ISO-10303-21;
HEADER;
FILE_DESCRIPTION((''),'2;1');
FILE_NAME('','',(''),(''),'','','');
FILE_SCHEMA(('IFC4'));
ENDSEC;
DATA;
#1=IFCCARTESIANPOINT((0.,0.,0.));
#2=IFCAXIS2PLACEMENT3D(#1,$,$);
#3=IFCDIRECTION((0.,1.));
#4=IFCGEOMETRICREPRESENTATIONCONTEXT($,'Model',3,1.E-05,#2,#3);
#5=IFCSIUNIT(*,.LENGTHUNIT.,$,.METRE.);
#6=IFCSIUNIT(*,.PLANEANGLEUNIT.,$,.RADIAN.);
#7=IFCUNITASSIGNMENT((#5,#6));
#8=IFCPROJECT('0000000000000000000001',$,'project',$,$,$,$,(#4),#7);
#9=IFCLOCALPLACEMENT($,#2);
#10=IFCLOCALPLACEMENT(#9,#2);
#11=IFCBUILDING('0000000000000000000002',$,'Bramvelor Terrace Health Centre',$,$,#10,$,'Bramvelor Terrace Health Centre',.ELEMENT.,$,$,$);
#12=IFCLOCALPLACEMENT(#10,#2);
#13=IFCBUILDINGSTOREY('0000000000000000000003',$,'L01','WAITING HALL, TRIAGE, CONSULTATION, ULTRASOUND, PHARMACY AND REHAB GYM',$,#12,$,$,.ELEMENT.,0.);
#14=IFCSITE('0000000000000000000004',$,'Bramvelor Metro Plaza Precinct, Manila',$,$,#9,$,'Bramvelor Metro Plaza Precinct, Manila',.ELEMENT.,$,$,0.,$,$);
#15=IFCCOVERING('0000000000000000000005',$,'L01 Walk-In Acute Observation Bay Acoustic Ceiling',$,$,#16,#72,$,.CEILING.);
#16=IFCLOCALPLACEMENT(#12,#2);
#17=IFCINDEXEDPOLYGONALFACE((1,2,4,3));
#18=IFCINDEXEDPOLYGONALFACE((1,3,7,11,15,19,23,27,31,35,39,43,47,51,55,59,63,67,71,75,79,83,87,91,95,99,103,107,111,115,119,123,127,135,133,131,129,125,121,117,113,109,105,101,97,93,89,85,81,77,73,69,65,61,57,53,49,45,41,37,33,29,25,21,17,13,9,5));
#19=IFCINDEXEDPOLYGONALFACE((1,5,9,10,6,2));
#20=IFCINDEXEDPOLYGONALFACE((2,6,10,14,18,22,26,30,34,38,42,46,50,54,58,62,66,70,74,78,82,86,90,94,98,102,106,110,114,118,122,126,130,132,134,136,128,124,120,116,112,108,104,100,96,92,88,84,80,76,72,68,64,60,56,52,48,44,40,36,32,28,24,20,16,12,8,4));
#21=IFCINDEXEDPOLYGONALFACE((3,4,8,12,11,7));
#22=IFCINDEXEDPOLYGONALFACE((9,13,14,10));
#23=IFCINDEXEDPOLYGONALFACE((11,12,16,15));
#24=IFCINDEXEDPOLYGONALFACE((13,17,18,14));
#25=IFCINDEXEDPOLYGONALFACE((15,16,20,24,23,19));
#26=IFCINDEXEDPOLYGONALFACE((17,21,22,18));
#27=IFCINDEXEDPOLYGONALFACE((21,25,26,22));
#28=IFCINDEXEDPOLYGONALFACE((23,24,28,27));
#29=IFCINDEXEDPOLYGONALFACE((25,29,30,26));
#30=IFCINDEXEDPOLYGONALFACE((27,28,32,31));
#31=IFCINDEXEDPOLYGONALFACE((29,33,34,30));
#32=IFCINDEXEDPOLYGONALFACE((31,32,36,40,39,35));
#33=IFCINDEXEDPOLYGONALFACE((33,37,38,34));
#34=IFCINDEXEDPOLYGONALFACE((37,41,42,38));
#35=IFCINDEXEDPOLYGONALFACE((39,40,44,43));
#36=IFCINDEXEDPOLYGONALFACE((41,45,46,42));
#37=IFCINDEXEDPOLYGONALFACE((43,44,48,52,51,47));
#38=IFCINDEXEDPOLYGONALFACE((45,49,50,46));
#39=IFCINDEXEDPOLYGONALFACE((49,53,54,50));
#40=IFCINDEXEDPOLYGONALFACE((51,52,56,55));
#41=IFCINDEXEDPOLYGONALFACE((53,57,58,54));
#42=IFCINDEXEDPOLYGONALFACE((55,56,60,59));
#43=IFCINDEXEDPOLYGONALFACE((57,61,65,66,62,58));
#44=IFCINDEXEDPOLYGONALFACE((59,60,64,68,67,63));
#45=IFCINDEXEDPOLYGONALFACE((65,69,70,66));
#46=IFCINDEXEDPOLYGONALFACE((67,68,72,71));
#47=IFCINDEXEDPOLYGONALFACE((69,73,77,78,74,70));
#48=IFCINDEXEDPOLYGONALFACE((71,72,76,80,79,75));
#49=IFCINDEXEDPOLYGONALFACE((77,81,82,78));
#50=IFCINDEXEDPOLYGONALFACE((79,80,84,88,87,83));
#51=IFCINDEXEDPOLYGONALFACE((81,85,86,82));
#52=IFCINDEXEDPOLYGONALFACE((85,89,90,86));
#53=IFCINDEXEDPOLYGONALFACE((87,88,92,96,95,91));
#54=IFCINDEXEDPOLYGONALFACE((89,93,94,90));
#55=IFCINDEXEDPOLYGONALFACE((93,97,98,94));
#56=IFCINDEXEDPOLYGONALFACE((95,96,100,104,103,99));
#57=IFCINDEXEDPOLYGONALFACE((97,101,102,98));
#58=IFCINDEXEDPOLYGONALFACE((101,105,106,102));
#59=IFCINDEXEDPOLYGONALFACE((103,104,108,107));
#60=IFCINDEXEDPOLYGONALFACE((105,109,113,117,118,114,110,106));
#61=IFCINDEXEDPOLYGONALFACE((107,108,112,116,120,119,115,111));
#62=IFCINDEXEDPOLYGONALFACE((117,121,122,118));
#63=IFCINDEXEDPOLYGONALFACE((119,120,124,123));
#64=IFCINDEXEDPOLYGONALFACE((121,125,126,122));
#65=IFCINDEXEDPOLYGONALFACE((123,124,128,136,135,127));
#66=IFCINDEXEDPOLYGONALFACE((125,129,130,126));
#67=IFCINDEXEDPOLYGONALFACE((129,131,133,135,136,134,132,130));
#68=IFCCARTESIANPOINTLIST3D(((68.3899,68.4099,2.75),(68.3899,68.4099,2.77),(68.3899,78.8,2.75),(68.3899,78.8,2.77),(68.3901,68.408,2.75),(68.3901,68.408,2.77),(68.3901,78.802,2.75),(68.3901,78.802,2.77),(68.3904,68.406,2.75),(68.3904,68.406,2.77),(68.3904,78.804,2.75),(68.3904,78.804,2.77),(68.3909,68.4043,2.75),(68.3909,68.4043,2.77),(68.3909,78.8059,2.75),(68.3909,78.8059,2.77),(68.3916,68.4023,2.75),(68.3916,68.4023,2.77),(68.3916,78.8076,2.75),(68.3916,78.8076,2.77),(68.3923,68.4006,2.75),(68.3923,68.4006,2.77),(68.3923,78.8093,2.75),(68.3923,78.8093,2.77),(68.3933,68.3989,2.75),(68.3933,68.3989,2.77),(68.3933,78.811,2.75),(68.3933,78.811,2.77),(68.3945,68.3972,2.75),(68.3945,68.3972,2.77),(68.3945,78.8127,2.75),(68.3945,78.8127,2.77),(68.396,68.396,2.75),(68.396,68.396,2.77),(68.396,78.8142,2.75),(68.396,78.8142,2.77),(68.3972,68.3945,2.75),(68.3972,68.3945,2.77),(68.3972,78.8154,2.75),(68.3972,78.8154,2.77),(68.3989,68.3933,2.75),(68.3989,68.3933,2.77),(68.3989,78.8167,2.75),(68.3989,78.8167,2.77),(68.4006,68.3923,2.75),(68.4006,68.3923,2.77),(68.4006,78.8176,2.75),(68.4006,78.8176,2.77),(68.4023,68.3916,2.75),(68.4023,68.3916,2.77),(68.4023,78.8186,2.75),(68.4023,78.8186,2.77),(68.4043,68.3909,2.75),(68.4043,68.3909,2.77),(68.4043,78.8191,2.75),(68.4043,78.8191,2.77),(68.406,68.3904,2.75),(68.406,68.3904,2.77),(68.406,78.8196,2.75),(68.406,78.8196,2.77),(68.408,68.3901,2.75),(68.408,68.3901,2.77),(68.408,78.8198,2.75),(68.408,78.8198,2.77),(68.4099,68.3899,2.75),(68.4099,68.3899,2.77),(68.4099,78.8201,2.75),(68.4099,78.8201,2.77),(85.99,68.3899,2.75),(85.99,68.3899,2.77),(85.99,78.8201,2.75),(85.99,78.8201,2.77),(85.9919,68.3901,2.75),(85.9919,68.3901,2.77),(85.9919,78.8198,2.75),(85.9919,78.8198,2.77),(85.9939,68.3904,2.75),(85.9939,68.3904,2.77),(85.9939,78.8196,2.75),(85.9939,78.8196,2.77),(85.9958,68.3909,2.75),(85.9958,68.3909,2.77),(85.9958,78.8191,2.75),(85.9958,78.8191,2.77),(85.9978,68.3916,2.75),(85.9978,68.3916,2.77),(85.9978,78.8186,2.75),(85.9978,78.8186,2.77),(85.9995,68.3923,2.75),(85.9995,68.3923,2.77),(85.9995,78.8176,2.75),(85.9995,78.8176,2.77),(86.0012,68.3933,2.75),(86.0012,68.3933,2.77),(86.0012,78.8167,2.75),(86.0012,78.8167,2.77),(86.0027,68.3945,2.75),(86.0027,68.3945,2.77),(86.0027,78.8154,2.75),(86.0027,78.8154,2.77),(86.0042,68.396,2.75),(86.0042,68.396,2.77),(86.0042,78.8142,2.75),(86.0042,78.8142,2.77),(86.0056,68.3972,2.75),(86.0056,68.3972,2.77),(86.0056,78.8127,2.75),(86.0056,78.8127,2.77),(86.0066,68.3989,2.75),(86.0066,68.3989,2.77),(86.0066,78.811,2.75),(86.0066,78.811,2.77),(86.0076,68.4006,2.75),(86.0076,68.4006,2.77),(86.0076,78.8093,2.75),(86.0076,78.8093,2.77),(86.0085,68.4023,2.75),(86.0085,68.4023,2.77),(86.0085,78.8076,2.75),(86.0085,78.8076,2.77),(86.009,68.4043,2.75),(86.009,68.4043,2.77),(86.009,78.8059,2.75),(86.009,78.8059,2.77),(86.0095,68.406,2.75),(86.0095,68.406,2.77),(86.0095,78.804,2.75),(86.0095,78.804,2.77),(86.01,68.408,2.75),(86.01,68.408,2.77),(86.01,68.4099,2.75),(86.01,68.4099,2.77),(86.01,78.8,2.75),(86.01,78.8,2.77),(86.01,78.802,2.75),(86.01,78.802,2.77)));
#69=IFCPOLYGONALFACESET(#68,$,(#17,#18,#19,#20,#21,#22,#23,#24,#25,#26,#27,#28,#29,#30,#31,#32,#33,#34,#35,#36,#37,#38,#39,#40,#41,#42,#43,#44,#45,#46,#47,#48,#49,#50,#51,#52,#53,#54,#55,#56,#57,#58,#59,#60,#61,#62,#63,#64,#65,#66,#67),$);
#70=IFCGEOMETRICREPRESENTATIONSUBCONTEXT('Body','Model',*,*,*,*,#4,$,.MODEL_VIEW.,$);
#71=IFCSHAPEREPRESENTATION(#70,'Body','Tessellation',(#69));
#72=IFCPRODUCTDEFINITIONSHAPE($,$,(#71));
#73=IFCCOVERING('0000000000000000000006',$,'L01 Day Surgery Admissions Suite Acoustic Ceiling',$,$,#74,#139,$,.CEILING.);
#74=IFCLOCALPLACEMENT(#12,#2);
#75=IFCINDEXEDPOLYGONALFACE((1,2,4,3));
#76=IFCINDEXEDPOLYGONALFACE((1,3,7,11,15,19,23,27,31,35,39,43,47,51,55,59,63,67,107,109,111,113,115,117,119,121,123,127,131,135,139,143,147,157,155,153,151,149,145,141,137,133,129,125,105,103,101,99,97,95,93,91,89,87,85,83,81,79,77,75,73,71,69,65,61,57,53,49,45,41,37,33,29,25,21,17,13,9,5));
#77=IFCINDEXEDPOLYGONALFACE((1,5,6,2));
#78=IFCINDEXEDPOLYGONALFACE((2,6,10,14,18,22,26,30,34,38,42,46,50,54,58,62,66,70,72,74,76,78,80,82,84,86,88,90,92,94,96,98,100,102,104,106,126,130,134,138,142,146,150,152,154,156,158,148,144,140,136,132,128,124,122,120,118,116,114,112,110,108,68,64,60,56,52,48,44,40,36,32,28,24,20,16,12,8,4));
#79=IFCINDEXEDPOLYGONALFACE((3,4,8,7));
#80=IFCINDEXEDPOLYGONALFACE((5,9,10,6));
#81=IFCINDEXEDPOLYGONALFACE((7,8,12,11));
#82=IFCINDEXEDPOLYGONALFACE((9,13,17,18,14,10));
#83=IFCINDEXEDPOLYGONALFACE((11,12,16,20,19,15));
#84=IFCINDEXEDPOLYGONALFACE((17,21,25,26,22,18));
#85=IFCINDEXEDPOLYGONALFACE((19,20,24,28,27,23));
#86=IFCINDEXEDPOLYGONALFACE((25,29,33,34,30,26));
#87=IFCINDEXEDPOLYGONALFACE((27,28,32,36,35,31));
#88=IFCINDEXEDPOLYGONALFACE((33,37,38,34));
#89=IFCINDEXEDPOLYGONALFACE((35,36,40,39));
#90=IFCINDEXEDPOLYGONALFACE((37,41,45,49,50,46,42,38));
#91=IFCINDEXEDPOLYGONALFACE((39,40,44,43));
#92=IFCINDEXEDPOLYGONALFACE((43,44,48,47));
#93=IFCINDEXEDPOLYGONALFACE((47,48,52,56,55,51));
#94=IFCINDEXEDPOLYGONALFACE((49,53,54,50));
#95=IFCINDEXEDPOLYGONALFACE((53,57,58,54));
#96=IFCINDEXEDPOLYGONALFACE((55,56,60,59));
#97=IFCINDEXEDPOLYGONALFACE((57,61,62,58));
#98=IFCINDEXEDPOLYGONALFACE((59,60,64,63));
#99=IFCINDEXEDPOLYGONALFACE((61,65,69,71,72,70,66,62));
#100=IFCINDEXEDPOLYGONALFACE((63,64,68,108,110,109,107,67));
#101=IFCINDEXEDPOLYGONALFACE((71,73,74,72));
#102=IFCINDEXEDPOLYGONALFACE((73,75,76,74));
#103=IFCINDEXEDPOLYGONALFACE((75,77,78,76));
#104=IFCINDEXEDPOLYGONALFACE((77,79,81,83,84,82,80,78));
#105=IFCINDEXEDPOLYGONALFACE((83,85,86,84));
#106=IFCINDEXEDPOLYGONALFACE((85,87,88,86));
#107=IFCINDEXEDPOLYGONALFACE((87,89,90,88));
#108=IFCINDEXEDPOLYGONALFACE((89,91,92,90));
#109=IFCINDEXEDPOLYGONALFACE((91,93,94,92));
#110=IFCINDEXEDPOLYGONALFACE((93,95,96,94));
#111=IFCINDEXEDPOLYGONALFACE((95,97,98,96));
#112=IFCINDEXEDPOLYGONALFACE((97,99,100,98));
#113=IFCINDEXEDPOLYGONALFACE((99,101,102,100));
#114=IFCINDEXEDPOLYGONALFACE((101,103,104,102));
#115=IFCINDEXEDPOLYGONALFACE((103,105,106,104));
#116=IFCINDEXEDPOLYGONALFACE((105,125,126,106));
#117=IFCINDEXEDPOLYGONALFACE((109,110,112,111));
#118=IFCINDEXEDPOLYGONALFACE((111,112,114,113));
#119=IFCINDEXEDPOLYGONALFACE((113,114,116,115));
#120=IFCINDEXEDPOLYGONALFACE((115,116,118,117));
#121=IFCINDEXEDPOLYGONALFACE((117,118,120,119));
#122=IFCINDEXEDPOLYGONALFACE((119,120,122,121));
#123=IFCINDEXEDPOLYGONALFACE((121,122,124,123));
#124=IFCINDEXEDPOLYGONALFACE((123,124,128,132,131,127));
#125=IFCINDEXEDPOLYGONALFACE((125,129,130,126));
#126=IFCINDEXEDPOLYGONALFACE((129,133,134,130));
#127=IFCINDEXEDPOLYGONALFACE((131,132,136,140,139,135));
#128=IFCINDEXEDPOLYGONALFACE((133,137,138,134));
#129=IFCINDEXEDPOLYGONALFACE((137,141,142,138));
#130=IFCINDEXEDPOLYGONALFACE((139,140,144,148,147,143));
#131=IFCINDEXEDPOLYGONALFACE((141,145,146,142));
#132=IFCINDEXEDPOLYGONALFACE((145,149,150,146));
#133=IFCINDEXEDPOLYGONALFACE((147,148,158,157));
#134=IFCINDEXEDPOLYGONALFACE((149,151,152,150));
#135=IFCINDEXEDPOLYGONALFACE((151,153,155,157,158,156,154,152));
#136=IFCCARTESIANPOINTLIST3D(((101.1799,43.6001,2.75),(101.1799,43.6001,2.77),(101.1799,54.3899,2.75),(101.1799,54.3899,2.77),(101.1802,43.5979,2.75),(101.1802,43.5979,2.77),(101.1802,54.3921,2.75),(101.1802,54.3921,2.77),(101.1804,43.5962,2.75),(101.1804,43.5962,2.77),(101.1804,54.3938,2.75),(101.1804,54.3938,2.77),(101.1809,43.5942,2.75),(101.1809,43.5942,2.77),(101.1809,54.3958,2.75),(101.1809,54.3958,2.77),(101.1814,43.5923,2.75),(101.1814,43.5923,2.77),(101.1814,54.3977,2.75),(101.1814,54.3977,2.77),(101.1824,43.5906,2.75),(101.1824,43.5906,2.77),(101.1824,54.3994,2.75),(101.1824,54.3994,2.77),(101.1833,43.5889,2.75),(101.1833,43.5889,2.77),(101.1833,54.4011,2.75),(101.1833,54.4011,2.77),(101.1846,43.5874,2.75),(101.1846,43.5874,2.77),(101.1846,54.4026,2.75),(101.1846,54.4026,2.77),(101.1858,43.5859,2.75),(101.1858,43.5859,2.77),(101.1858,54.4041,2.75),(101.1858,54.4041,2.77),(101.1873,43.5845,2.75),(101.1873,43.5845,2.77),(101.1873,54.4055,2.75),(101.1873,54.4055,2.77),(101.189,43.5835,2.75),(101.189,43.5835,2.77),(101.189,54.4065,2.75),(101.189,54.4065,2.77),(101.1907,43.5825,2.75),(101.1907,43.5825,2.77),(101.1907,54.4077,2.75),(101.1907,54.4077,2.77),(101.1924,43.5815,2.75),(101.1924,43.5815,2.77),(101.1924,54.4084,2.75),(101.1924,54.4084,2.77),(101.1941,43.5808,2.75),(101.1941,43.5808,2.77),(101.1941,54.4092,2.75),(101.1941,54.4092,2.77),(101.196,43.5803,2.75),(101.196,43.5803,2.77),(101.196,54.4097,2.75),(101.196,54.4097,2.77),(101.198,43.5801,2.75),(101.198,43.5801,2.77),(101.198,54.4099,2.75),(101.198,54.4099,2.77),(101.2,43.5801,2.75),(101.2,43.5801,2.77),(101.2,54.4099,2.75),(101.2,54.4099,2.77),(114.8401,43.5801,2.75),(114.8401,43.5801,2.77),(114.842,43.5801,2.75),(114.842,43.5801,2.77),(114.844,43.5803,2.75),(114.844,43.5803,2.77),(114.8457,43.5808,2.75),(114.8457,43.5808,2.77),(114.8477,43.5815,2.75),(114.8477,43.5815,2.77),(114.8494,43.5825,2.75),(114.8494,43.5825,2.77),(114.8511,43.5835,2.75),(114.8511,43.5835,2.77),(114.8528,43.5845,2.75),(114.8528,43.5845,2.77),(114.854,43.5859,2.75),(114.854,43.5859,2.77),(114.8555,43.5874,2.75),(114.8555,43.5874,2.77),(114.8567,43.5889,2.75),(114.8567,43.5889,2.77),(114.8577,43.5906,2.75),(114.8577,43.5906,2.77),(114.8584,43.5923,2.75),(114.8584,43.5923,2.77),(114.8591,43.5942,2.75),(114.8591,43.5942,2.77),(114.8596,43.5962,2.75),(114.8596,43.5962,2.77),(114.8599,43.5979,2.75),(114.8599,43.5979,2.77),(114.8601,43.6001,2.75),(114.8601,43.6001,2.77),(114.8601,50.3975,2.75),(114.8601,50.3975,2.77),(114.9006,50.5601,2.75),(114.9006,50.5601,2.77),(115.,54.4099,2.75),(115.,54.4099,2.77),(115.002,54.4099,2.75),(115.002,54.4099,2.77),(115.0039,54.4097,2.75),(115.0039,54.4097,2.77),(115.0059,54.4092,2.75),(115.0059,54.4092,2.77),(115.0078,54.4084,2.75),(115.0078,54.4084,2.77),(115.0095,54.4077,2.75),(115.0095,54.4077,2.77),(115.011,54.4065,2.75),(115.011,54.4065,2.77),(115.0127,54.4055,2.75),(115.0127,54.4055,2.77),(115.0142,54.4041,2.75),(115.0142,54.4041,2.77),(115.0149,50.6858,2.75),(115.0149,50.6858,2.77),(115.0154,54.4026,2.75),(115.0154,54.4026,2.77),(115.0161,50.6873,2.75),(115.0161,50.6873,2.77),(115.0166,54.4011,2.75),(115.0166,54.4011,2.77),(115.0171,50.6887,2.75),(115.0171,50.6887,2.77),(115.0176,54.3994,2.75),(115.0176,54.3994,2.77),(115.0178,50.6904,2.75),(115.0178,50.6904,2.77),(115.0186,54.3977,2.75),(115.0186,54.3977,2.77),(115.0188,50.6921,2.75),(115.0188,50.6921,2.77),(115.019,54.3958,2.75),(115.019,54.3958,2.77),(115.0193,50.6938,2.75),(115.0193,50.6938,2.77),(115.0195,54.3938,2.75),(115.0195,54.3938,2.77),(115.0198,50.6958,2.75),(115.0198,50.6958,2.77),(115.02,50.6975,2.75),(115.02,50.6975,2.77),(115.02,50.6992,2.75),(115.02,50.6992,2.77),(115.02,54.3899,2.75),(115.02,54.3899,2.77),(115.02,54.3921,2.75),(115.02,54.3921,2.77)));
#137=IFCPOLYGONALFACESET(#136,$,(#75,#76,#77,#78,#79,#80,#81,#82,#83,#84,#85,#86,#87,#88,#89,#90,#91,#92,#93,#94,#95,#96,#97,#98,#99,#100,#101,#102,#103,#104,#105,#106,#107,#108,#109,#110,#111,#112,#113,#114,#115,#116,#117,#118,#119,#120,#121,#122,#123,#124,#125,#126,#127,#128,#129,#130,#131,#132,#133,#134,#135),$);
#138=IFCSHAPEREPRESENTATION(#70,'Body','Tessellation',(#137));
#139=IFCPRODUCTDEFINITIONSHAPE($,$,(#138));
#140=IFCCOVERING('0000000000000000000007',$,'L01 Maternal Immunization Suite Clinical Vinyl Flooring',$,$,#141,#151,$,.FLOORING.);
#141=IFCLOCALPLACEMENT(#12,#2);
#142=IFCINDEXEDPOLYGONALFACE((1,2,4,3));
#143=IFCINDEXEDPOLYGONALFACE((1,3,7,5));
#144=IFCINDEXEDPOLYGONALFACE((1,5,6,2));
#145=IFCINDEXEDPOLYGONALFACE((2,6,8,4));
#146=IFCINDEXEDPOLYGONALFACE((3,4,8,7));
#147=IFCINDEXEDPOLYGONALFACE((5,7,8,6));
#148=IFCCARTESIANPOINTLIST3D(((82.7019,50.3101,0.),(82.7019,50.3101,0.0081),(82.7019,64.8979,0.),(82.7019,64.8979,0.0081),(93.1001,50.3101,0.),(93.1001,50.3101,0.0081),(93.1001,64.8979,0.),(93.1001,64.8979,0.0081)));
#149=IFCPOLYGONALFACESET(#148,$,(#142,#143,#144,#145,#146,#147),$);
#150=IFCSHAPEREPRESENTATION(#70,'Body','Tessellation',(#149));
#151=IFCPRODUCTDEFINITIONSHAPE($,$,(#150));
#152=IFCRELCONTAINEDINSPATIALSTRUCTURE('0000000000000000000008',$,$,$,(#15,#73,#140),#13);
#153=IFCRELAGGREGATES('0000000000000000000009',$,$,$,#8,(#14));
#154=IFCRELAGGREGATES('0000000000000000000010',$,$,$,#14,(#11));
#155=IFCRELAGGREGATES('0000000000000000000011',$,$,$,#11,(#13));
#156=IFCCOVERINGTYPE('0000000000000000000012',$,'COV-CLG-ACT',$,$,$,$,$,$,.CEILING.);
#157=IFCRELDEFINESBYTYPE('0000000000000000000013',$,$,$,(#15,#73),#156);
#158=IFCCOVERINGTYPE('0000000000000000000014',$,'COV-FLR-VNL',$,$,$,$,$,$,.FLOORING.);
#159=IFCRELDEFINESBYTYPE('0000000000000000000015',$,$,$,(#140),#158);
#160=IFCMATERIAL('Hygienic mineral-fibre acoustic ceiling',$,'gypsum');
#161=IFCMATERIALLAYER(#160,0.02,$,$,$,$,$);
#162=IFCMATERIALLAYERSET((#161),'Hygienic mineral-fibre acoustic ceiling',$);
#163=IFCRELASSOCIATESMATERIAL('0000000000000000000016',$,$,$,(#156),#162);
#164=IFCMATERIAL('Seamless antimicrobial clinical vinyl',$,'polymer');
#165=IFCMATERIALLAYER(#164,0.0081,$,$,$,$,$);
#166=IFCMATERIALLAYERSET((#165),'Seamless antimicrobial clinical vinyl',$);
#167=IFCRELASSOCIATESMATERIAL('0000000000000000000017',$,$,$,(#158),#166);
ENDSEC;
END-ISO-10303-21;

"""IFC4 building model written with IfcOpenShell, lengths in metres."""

from ifc_helpers import new_model, si_unit, direction, frame, origin, place, context, subcontext, project, spatial, polyline, outline, extrude, material, layer, layer_set, type_object, element, save


model = new_model("IFC4")

# Units and contexts
model_context = context("Model", 3, precision=1e-05, world=origin(), true_north=direction((0.0, 1.0)))
body_context = subcontext(model_context, "Body", "Model", "MODEL_VIEW")
ifc_project = project(units=[si_unit("LENGTHUNIT", "METRE"), si_unit("PLANEANGLEUNIT", "RADIAN")], contexts=[model_context])

# Site, building, storey
site_placement = place(None, origin())
site = spatial("IfcSite", under=ifc_project, at=site_placement, Name="Bramvelor Metro Plaza Precinct, Manila", LongName="Bramvelor Metro Plaza Precinct, Manila", CompositionType="ELEMENT", RefElevation=0.0)
building_placement = place(site_placement, origin())
building = spatial("IfcBuilding", under=site, at=building_placement, Name="Bramvelor Terrace Health Centre", LongName="Bramvelor Terrace Health Centre", CompositionType="ELEMENT")
storey_placement = place(building_placement, origin())
storey = spatial("IfcBuildingStorey", under=building, at=storey_placement, Name="L01", Description="WAITING HALL, TRIAGE, CONSULTATION, ULTRASOUND, PHARMACY AND REHAB GYM", CompositionType="ELEMENT", Elevation=0.0)

# Coverings
ifc_material_1 = material(Name="Hygienic mineral-fibre acoustic ceiling", Category="gypsum")
ifc_layer_1 = layer(ifc_material_1, 0.02)
ifc_layer_set_1 = layer_set([ifc_layer_1], Name="Hygienic mineral-fibre acoustic ceiling")
covering_type_1 = type_object("IfcCoveringType", Name="COV-CLG-ACT", PredefinedType="CEILING", material=ifc_layer_set_1)
covering_1_placement = place(storey_placement, frame((0.0, 0.0, 2.75)))
element("IfcCovering", 1, at=covering_1_placement, inside=storey, type_object=covering_type_1, Name="L01 Walk-In Acute Observation Bay Acoustic Ceiling", PredefinedType="CEILING", context=body_context, shape_type="SweptSolid", body=[
    extrude(outline(polyline([(68.3899, 78.8), (68.3901, 78.802), (68.3904, 78.804), (68.3909, 78.8059), (68.3916, 78.8076), (68.3923, 78.8093), (68.3933, 78.811), (68.3945, 78.8127), (68.396, 78.8142), (68.3972, 78.8154), (68.3989, 78.8167), (68.4006, 78.8176), (68.4023, 78.8186), (68.4043, 78.8191), (68.406, 78.8196), (68.408, 78.8198), (68.4099, 78.8201), (85.99, 78.8201), (85.9919, 78.8198), (85.9939, 78.8196), (85.9958, 78.8191), (85.9978, 78.8186), (85.9995, 78.8176), (86.0012, 78.8167), (86.0027, 78.8154), (86.0042, 78.8142), (86.0056, 78.8127), (86.0066, 78.811), (86.0076, 78.8093), (86.0085, 78.8076), (86.009, 78.8059), (86.0095, 78.804), (86.01, 78.802), (86.01, 78.8), (86.01, 68.4099), (86.01, 68.408), (86.0095, 68.406), (86.009, 68.4043), (86.0085, 68.4023), (86.0076, 68.4006), (86.0066, 68.3989), (86.0056, 68.3972), (86.0042, 68.396), (86.0027, 68.3945), (86.0012, 68.3933), (85.9995, 68.3923), (85.9978, 68.3916), (85.9958, 68.3909), (85.9939, 68.3904), (85.9919, 68.3901), (85.99, 68.3899), (68.4099, 68.3899), (68.408, 68.3901), (68.406, 68.3904), (68.4043, 68.3909), (68.4023, 68.3916), (68.4006, 68.3923), (68.3989, 68.3933), (68.3972, 68.3945), (68.396, 68.396), (68.3945, 68.3972), (68.3933, 68.3989), (68.3923, 68.4006), (68.3916, 68.4023), (68.3909, 68.4043), (68.3904, 68.406), (68.3901, 68.408), (68.3899, 68.4099), (68.3899, 78.8)])), origin(), (0.0, 0.0, 1.0), 0.02),
])
covering_2_placement = place(storey_placement, frame((0.0, 0.0, 2.75)))
element("IfcCovering", 2, at=covering_2_placement, inside=storey, type_object=covering_type_1, Name="L01 Day Surgery Admissions Suite Acoustic Ceiling", PredefinedType="CEILING", context=body_context, shape_type="SweptSolid", body=[
    extrude(outline(polyline([(101.1799, 54.3899), (101.1802, 54.3921), (101.1804, 54.3938), (101.1809, 54.3958), (101.1814, 54.3977), (101.1824, 54.3994), (101.1833, 54.4011), (101.1846, 54.4026), (101.1858, 54.4041), (101.1873, 54.4055), (101.189, 54.4065), (101.1907, 54.4077), (101.1924, 54.4084), (101.1941, 54.4092), (101.196, 54.4097), (101.198, 54.4099), (101.2, 54.4099), (115.0, 54.4099), (115.002, 54.4099), (115.0039, 54.4097), (115.0059, 54.4092), (115.0078, 54.4084), (115.0095, 54.4077), (115.011, 54.4065), (115.0127, 54.4055), (115.0142, 54.4041), (115.0154, 54.4026), (115.0166, 54.4011), (115.0176, 54.3994), (115.0186, 54.3977), (115.019, 54.3958), (115.0195, 54.3938), (115.02, 54.3921), (115.02, 54.3899), (115.02, 50.6992), (115.02, 50.6975), (115.0198, 50.6958), (115.0193, 50.6938), (115.0188, 50.6921), (115.0178, 50.6904), (115.0171, 50.6887), (115.0161, 50.6873), (115.0149, 50.6858), (114.9006, 50.5601), (114.8601, 50.3975), (114.8601, 43.6001), (114.8599, 43.5979), (114.8596, 43.5962), (114.8591, 43.5942), (114.8584, 43.5923), (114.8577, 43.5906), (114.8567, 43.5889), (114.8555, 43.5874), (114.854, 43.5859), (114.8528, 43.5845), (114.8511, 43.5835), (114.8494, 43.5825), (114.8477, 43.5815), (114.8457, 43.5808), (114.844, 43.5803), (114.842, 43.5801), (114.8401, 43.5801), (101.2, 43.5801), (101.198, 43.5801), (101.196, 43.5803), (101.1941, 43.5808), (101.1924, 43.5815), (101.1907, 43.5825), (101.189, 43.5835), (101.1873, 43.5845), (101.1858, 43.5859), (101.1846, 43.5874), (101.1833, 43.5889), (101.1824, 43.5906), (101.1814, 43.5923), (101.1809, 43.5942), (101.1804, 43.5962), (101.1802, 43.5979), (101.1799, 43.6001), (101.1799, 54.3899)])), origin(), (0.0, 0.0, 1.0), 0.02),
])
ifc_material_2 = material(Name="Seamless antimicrobial clinical vinyl", Category="polymer")
ifc_layer_2 = layer(ifc_material_2, 0.0081)
ifc_layer_set_2 = layer_set([ifc_layer_2], Name="Seamless antimicrobial clinical vinyl")
covering_type_2 = type_object("IfcCoveringType", Name="COV-FLR-VNL", PredefinedType="FLOORING", material=ifc_layer_set_2)
covering_3_placement = place(storey_placement, origin())
element("IfcCovering", 3, at=covering_3_placement, inside=storey, type_object=covering_type_2, Name="L01 Maternal Immunization Suite Clinical Vinyl Flooring", PredefinedType="FLOORING", context=body_context, shape_type="SweptSolid", body=[
    extrude(outline(polyline([(93.1001, 50.3101), (82.7019, 50.3101), (82.7019, 64.8979), (93.1001, 64.8979), (93.1001, 50.3101)])), origin(), (0.0, 0.0, 1.0), 0.0081),
])

save(model, "model.ifc")
